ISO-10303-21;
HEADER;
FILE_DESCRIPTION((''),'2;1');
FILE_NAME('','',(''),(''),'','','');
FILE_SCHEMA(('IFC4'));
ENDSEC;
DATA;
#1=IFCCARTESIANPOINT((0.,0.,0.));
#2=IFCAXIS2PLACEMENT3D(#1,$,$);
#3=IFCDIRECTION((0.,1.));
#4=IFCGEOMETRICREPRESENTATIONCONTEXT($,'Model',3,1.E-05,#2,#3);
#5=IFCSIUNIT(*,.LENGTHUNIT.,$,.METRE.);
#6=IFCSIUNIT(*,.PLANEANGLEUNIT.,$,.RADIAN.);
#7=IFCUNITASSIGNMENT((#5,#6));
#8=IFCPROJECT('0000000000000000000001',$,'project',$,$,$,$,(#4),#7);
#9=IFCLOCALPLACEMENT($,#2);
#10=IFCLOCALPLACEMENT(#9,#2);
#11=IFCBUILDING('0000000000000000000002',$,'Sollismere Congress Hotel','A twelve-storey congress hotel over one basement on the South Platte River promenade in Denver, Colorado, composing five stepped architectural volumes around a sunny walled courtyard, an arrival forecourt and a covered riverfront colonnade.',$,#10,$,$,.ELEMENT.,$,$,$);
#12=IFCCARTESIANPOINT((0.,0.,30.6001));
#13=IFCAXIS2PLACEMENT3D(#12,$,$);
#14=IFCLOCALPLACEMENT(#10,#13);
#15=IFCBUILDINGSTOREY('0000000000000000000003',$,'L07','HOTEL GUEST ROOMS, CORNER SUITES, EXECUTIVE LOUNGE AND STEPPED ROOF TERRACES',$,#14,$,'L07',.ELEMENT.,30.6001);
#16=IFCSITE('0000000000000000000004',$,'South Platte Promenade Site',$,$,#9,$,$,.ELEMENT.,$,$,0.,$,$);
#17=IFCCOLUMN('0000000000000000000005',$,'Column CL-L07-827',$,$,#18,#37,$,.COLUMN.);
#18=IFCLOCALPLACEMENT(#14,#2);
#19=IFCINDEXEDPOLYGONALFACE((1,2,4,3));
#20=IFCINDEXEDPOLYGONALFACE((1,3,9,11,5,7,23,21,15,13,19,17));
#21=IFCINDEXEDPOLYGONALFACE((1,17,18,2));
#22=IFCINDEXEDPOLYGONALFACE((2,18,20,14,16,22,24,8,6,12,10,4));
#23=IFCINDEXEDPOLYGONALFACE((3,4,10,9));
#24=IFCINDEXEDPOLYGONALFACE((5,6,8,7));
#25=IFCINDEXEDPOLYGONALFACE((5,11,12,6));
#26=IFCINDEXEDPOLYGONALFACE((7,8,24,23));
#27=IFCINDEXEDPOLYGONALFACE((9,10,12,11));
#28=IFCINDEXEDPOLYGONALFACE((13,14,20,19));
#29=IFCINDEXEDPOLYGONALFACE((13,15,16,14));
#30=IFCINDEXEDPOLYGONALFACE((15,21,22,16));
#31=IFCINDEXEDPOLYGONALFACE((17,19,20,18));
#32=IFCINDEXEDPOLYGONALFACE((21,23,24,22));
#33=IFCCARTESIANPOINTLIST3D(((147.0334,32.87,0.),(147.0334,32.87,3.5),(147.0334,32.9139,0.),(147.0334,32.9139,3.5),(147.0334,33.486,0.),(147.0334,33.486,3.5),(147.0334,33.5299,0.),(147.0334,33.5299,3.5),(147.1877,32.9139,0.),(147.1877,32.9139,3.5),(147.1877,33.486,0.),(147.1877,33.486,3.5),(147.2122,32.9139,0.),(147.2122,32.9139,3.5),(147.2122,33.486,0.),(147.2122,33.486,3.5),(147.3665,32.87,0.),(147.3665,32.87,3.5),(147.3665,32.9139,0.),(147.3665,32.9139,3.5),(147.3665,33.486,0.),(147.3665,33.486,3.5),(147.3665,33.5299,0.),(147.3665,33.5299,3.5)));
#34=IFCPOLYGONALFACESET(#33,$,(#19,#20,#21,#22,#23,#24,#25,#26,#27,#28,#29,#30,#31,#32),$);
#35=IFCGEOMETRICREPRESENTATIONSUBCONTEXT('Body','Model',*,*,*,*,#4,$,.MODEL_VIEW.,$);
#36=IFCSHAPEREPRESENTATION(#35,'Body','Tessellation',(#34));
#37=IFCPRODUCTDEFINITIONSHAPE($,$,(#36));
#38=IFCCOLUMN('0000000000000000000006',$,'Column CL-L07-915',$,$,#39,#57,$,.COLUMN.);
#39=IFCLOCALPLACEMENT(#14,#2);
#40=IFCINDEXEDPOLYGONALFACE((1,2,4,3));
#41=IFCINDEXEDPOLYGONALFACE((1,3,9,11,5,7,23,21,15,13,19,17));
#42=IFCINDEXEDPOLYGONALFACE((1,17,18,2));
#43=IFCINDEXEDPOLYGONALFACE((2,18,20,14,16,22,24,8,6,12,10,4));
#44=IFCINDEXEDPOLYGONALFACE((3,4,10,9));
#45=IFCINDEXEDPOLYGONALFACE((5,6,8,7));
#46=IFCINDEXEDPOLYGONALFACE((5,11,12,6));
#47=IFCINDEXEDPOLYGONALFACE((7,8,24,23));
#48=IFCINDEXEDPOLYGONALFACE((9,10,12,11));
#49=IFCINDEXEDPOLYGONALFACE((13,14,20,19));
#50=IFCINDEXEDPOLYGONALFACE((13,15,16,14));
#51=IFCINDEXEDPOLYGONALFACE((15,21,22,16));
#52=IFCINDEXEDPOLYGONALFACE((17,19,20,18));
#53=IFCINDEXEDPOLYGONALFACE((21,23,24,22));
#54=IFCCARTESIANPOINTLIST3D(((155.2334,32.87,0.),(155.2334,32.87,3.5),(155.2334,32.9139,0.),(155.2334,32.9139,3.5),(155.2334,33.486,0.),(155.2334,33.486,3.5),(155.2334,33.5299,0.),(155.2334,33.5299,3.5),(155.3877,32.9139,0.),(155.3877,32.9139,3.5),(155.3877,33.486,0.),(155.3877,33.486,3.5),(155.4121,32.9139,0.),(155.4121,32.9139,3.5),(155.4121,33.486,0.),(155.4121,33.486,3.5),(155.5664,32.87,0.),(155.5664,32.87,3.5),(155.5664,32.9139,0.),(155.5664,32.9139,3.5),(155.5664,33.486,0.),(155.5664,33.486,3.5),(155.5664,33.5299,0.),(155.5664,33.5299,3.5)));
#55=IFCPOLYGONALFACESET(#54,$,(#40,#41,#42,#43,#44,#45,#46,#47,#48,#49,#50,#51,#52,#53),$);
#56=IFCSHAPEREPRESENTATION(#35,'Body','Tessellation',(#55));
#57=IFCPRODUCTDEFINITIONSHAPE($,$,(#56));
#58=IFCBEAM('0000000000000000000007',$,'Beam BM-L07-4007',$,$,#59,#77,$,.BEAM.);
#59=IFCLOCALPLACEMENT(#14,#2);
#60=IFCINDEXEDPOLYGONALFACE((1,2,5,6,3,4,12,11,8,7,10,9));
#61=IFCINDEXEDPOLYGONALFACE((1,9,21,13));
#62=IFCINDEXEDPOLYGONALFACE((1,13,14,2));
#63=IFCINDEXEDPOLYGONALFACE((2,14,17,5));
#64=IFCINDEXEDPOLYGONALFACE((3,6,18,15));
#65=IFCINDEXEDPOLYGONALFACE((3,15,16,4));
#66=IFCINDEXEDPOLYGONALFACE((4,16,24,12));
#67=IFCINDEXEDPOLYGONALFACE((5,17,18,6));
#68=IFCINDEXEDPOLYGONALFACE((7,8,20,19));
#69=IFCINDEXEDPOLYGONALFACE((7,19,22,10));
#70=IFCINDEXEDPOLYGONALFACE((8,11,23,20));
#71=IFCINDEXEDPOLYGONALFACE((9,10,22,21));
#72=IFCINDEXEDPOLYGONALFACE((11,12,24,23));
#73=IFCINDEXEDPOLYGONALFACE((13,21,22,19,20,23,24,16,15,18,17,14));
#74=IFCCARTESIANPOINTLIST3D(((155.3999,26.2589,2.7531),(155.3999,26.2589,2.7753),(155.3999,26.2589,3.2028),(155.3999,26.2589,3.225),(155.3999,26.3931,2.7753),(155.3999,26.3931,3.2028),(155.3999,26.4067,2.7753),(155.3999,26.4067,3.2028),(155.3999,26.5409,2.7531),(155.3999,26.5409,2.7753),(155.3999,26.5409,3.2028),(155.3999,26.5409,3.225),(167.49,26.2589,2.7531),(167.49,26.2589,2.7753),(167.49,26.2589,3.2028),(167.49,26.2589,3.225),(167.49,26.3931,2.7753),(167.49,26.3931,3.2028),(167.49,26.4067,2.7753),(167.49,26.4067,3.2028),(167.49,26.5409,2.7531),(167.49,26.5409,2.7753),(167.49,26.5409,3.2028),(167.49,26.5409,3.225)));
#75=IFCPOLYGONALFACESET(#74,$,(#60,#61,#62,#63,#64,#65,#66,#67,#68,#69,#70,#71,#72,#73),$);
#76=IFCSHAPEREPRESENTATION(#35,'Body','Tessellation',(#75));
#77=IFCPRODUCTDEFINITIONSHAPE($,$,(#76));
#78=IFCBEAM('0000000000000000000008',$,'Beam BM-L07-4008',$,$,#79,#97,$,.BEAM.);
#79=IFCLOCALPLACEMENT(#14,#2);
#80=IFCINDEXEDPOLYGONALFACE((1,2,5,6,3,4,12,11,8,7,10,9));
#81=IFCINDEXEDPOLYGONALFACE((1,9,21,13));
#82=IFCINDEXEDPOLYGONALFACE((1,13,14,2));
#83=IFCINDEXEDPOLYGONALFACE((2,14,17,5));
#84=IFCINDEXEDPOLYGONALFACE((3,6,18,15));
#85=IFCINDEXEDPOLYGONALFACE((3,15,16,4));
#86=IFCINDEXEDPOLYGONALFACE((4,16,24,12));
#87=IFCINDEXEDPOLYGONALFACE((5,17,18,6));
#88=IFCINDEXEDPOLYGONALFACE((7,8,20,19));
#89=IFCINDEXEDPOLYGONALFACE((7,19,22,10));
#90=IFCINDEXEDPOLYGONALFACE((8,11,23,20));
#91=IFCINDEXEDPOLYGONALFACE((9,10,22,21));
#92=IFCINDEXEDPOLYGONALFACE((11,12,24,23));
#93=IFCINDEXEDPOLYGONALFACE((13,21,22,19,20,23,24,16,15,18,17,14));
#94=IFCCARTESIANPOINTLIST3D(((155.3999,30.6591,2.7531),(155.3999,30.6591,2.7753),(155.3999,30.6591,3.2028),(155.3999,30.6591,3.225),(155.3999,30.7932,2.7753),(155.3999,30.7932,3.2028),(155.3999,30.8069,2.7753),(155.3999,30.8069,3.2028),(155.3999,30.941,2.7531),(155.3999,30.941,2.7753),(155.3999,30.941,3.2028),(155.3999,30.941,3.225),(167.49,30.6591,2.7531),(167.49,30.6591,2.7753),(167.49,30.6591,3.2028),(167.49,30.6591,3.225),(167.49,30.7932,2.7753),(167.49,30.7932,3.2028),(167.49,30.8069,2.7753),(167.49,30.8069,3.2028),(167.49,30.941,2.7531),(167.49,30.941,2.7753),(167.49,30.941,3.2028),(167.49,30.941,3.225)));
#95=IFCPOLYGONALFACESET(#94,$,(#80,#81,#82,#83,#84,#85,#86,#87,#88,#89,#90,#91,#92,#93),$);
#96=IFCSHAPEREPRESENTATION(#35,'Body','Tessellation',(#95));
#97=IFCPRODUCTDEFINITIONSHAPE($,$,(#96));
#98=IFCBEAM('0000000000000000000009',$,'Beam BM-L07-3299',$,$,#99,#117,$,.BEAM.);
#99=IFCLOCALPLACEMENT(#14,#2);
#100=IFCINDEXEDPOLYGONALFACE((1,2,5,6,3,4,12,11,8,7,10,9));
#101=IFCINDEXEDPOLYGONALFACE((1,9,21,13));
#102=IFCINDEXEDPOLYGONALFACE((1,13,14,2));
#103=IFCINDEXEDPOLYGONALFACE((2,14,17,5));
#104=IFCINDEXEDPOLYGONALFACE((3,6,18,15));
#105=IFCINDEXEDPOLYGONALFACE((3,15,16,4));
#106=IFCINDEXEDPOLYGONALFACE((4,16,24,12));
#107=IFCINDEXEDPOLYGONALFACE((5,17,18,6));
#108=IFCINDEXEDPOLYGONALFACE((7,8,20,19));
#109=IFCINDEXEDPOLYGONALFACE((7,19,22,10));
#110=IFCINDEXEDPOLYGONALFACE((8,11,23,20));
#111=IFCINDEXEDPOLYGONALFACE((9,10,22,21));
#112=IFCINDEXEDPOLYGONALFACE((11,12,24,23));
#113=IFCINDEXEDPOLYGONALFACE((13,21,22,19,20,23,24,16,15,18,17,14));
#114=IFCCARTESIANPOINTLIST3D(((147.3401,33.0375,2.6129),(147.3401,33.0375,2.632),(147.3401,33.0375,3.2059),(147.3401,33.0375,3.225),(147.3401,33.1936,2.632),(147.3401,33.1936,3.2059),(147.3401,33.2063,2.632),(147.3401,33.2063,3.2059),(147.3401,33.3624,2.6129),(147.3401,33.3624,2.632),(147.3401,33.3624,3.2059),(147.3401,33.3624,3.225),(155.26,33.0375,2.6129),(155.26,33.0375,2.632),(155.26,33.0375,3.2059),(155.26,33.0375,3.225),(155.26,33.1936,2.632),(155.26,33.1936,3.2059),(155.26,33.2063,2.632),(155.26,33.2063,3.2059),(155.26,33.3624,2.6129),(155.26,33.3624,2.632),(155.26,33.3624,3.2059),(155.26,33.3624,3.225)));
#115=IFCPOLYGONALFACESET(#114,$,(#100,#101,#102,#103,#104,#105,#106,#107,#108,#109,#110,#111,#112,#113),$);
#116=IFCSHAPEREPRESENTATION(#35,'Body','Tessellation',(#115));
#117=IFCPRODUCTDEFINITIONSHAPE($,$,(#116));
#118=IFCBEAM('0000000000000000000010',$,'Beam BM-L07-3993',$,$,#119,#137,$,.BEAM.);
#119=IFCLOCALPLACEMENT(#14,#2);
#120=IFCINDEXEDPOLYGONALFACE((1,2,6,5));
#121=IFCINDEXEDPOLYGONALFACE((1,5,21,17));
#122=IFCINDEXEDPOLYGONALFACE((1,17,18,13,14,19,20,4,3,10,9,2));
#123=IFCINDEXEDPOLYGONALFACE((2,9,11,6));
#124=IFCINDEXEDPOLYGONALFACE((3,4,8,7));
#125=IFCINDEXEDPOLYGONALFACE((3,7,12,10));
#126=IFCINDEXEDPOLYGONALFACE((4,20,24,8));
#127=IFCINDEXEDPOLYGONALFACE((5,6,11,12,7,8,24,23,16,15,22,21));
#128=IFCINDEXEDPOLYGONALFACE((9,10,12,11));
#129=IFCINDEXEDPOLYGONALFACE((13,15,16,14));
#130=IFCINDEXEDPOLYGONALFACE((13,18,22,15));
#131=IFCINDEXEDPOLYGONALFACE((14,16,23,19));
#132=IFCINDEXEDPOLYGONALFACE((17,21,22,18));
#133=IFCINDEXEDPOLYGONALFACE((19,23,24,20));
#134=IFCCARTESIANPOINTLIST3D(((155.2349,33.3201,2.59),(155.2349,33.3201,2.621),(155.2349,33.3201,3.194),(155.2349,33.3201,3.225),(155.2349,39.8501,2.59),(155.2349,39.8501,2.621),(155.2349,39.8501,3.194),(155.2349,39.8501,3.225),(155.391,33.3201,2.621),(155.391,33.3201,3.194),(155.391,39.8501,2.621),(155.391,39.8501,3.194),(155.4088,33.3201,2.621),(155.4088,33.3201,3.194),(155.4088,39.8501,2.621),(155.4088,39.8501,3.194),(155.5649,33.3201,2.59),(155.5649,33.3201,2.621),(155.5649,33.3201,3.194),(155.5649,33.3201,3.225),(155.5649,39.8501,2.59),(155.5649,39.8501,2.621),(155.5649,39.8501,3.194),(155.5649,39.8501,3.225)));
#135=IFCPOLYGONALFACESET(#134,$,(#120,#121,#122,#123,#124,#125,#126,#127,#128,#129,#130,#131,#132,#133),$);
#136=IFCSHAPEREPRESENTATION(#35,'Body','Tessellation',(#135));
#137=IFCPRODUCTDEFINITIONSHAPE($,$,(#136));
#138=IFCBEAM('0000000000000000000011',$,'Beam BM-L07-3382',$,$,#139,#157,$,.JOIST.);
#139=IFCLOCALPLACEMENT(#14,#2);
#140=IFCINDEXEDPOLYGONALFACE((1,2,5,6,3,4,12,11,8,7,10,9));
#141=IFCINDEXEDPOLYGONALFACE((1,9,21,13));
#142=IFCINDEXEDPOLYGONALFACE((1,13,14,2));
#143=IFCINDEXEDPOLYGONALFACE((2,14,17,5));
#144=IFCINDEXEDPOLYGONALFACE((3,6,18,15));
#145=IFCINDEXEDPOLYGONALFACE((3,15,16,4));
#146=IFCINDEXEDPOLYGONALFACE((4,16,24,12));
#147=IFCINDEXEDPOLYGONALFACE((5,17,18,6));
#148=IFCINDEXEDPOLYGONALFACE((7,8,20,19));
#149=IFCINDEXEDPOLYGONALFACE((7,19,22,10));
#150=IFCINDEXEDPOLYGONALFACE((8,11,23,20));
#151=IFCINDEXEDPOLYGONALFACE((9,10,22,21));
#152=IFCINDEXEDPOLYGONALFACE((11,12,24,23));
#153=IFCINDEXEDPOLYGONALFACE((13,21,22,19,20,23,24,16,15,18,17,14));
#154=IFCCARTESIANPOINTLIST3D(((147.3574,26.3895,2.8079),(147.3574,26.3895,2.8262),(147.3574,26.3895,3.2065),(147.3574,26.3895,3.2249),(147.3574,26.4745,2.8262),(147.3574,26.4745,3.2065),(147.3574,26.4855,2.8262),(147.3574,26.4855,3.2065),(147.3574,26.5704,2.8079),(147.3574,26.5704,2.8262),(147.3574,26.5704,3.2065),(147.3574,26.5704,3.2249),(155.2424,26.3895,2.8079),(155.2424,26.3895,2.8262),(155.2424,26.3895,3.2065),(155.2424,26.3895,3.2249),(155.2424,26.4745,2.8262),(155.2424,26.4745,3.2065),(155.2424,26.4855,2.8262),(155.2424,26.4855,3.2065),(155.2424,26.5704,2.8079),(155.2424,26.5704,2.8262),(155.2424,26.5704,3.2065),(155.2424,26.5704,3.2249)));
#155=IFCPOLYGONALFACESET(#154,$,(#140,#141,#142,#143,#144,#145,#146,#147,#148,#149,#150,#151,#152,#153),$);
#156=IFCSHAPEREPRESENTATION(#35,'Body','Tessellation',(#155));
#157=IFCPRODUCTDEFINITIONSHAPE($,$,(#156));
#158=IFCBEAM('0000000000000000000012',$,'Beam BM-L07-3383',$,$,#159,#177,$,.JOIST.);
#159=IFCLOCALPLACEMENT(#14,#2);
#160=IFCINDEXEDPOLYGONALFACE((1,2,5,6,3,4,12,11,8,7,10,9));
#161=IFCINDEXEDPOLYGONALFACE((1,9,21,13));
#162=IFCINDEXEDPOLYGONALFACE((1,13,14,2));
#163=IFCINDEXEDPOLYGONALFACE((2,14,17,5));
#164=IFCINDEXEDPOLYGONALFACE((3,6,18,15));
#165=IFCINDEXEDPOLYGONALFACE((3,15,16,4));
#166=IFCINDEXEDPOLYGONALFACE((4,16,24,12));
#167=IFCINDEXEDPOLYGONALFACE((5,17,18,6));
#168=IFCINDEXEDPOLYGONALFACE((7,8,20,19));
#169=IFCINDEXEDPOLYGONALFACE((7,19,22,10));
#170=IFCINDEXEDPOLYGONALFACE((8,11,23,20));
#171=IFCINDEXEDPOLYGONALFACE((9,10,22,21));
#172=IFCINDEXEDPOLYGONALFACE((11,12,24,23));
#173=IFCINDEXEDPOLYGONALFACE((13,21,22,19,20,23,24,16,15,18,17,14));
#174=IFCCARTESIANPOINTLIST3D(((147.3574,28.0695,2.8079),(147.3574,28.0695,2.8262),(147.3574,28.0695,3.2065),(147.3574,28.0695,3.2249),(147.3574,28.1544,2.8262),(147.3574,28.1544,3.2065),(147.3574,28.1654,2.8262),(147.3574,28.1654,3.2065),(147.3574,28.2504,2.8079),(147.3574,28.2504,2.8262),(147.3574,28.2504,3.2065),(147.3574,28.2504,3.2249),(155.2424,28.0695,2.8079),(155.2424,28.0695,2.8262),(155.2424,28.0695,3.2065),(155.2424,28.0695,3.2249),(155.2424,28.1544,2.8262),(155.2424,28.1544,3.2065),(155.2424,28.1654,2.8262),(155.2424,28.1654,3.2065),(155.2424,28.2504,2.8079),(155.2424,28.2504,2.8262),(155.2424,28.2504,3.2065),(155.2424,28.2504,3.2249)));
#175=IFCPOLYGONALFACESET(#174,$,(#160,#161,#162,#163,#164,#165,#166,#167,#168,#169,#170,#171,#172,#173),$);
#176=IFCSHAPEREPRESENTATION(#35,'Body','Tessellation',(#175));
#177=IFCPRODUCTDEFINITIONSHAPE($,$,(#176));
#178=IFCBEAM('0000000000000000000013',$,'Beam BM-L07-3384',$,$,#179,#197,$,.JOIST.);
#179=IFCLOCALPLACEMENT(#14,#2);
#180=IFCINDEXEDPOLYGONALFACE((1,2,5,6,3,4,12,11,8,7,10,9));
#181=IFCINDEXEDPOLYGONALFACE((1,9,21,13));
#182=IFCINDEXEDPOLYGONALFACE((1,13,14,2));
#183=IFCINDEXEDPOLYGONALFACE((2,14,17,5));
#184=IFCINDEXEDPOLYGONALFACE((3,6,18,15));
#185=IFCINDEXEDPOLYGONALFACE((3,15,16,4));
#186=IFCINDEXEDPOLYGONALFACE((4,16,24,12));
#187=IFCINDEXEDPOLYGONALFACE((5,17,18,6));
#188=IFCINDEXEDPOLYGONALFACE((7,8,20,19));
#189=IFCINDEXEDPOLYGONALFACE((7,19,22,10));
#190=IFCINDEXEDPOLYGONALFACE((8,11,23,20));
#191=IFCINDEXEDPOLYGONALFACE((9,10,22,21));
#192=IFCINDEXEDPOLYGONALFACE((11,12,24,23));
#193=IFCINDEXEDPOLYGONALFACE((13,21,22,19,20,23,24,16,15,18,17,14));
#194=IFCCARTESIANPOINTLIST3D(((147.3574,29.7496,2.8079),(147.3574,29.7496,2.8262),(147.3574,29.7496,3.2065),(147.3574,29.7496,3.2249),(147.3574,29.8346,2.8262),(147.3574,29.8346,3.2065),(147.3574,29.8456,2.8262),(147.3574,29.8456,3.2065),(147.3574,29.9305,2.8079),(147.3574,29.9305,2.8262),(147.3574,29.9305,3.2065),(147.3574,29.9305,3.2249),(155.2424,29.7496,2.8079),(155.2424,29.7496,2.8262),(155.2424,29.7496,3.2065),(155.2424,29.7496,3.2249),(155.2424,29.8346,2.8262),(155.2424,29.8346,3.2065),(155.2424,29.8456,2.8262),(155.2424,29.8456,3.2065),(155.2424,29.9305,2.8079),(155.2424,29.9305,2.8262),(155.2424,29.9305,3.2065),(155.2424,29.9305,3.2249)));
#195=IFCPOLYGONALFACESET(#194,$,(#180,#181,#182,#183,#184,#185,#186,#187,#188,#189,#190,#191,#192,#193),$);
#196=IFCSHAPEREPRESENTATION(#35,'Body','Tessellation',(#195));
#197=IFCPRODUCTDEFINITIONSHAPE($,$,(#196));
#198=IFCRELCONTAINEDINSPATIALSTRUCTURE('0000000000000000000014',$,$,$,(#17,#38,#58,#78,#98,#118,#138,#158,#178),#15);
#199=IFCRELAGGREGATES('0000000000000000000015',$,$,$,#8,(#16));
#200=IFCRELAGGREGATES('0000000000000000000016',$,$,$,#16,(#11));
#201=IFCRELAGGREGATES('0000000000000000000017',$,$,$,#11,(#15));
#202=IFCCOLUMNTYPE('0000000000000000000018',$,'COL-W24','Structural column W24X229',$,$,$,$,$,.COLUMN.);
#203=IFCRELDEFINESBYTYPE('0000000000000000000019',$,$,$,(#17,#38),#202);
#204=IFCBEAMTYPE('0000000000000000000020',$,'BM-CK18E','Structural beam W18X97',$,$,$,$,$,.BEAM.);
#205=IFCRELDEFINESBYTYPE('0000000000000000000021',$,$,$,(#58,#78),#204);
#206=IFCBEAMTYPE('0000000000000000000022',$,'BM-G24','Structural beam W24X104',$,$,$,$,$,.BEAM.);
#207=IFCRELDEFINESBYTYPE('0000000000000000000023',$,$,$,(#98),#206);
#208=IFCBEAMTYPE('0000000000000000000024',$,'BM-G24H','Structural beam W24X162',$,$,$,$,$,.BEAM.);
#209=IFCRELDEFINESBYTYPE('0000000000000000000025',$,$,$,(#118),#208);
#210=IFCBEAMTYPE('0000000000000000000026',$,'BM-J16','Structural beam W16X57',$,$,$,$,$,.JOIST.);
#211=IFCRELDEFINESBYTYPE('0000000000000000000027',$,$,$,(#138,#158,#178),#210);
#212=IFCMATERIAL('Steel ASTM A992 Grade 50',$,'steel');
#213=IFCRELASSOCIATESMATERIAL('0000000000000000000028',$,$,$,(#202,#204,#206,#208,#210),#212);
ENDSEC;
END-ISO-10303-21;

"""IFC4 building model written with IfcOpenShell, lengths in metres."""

from ifc_helpers import new_model, si_unit, direction, frame, origin, origin_2d, place, context, subcontext, project, spatial, i_section, extrude, material, material_profile, profile_set, type_object, element, save


model = new_model("IFC4")

# Units and contexts
model_context = context("Model", 3, precision=1e-05, world=origin(), true_north=direction((0.0, 1.0)))
body_context = subcontext(model_context, "Body", "Model", "MODEL_VIEW")
ifc_project = project(units=[si_unit("LENGTHUNIT", "METRE"), si_unit("PLANEANGLEUNIT", "RADIAN")], contexts=[model_context])

# Site, building, storey
site_placement = place(None, origin())
site = spatial("IfcSite", under=ifc_project, at=site_placement, Name="South Platte Promenade Site", CompositionType="ELEMENT", RefElevation=0.0)
building_placement = place(site_placement, origin())
building = spatial("IfcBuilding", under=site, at=building_placement, Name="Sollismere Congress Hotel", Description="A twelve-storey congress hotel over one basement on the South Platte River promenade in Denver, Colorado, composing five stepped architectural volumes around a sunny walled courtyard, an arrival forecourt and a covered riverfront colonnade.", CompositionType="ELEMENT")
storey_placement = place(building_placement, frame((0.0, 0.0, 30.6001)))
storey = spatial("IfcBuildingStorey", under=building, at=storey_placement, Name="L07", Description="HOTEL GUEST ROOMS, CORNER SUITES, EXECUTIVE LOUNGE AND STEPPED ROOF TERRACES", LongName="L07", CompositionType="ELEMENT", Elevation=30.6001)

# Columns
ifc_material_1 = material(Name="Steel ASTM A992 Grade 50", Category="steel")
ifc_material_profile_1 = material_profile(ifc_material_1, i_section(OverallWidth=0.333, OverallDepth=0.6599, WebThickness=0.0244, FlangeThickness=0.0439, at=origin_2d()), Name="W24X229")
ifc_profile_set_1 = profile_set([ifc_material_profile_1], Name="Steel ASTM A992 Grade 50")
column_type = type_object("IfcColumnType", Name="COL-W24", Description="Structural column W24X229", PredefinedType="COLUMN", material=ifc_profile_set_1)
for number, where, z_axis, x_axis, name in (
    (1, (147.2, 33.2, 0.0), (0.0, 0.0, 1.0), (1.0, 0.0, 0.0), "Column CL-L07-827"),
    (2, (155.3999, 33.2, 0.0), (0.0, 0.0, 1.0), (1.0, 0.0, 0.0), "Column CL-L07-915"),
):
    element("IfcColumn", number, at=place(storey_placement, frame(where, z_axis=z_axis, x_axis=x_axis)), inside=storey, type_object=column_type, Name=name, PredefinedType="COLUMN", context=body_context, shape_type="SweptSolid", body=[
        extrude(i_section(OverallWidth=0.333, OverallDepth=0.6599, WebThickness=0.0244, FlangeThickness=0.0439, at=origin_2d()), origin(), (0.0, 0.0, 1.0), 3.5),
    ])

# Beams
ifc_material_profile_2 = material_profile(ifc_material_1, i_section(OverallWidth=0.282, OverallDepth=0.4719, WebThickness=0.0137, FlangeThickness=0.0222, at=origin_2d()), Name="W18X97")
ifc_profile_set_2 = profile_set([ifc_material_profile_2], Name="Steel ASTM A992 Grade 50")
beam_type_1 = type_object("IfcBeamType", Name="BM-CK18E", Description="Structural beam W18X97", PredefinedType="BEAM", material=ifc_profile_set_2)
for number, where, z_axis, x_axis, name in (
    (3, (155.3999, 26.3999, 2.989), (1.0, 0.0, 0.0), (0.0, 1.0, 0.0), "Beam BM-L07-4007"),
    (4, (155.3999, 30.8, 2.989), (1.0, 0.0, 0.0), (0.0, 1.0, 0.0), "Beam BM-L07-4008"),
):
    element("IfcBeam", number, at=place(storey_placement, frame(where, z_axis=z_axis, x_axis=x_axis)), inside=storey, type_object=beam_type_1, Name=name, PredefinedType="BEAM", context=body_context, shape_type="SweptSolid", body=[
        extrude(i_section(OverallWidth=0.282, OverallDepth=0.4719, WebThickness=0.0137, FlangeThickness=0.0222, at=origin_2d()), origin(), (0.0, 0.0, 1.0), 12.0901),
    ])
ifc_material_profile_3 = material_profile(ifc_material_1, i_section(OverallWidth=0.325, OverallDepth=0.6121, WebThickness=0.0127, FlangeThickness=0.019, at=origin_2d()), Name="W24X104")
ifc_profile_set_3 = profile_set([ifc_material_profile_3], Name="Steel ASTM A992 Grade 50")
beam_type_2 = type_object("IfcBeamType", Name="BM-G24", Description="Structural beam W24X104", PredefinedType="BEAM", material=ifc_profile_set_3)
beam_1_placement = place(storey_placement, frame((147.3401, 33.2, 2.9189), z_axis=(1.0, 0.0, 0.0), x_axis=(0.0, 1.0, 0.0)))
element("IfcBeam", 5, at=beam_1_placement, inside=storey, type_object=beam_type_2, Name="Beam BM-L07-3299", PredefinedType="BEAM", context=body_context, shape_type="SweptSolid", body=[
    extrude(i_section(OverallWidth=0.325, OverallDepth=0.6121, WebThickness=0.0127, FlangeThickness=0.019, at=origin_2d()), origin(), (0.0, 0.0, 1.0), 7.9199),
])
ifc_material_profile_4 = material_profile(ifc_material_1, i_section(OverallWidth=0.3301, OverallDepth=0.635, WebThickness=0.0178, FlangeThickness=0.031, at=origin_2d()), Name="W24X162")
ifc_profile_set_4 = profile_set([ifc_material_profile_4], Name="Steel ASTM A992 Grade 50")
beam_type_3 = type_object("IfcBeamType", Name="BM-G24H", Description="Structural beam W24X162", PredefinedType="BEAM", material=ifc_profile_set_4)
beam_2_placement = place(storey_placement, frame((155.3999, 33.3201, 2.9075), z_axis=(0.0, 1.0, 0.0), x_axis=(-1.0, 0.0, 0.0)))
element("IfcBeam", 6, at=beam_2_placement, inside=storey, type_object=beam_type_3, Name="Beam BM-L07-3993", PredefinedType="BEAM", context=body_context, shape_type="SweptSolid", body=[
    extrude(i_section(OverallWidth=0.3301, OverallDepth=0.635, WebThickness=0.0178, FlangeThickness=0.031, at=origin_2d()), origin(), (0.0, 0.0, 1.0), 6.53),
])
ifc_material_profile_5 = material_profile(ifc_material_1, i_section(OverallWidth=0.1809, OverallDepth=0.417, WebThickness=0.011, FlangeThickness=0.0183, at=origin_2d()), Name="W16X57")
ifc_profile_set_5 = profile_set([ifc_material_profile_5], Name="Steel ASTM A992 Grade 50")
beam_type_4 = type_object("IfcBeamType", Name="BM-J16", Description="Structural beam W16X57", PredefinedType="JOIST", material=ifc_profile_set_5)
for number, where, z_axis, x_axis, name in (
    (7, (147.3574, 26.48, 3.0164), (1.0, 0.0, 0.0), (0.0, 1.0, 0.0), "Beam BM-L07-3382"),
    (8, (147.3574, 28.1599, 3.0164), (1.0, 0.0, 0.0), (0.0, 1.0, 0.0), "Beam BM-L07-3383"),
    (9, (147.3574, 29.8401, 3.0164), (1.0, 0.0, 0.0), (0.0, 1.0, 0.0), "Beam BM-L07-3384"),
):
    element("IfcBeam", number, at=place(storey_placement, frame(where, z_axis=z_axis, x_axis=x_axis)), inside=storey, type_object=beam_type_4, Name=name, PredefinedType="JOIST", context=body_context, shape_type="SweptSolid", body=[
        extrude(i_section(OverallWidth=0.1809, OverallDepth=0.417, WebThickness=0.011, FlangeThickness=0.0183, at=origin_2d()), origin(), (0.0, 0.0, 1.0), 7.885),
    ])

save(model, "model.ifc")
